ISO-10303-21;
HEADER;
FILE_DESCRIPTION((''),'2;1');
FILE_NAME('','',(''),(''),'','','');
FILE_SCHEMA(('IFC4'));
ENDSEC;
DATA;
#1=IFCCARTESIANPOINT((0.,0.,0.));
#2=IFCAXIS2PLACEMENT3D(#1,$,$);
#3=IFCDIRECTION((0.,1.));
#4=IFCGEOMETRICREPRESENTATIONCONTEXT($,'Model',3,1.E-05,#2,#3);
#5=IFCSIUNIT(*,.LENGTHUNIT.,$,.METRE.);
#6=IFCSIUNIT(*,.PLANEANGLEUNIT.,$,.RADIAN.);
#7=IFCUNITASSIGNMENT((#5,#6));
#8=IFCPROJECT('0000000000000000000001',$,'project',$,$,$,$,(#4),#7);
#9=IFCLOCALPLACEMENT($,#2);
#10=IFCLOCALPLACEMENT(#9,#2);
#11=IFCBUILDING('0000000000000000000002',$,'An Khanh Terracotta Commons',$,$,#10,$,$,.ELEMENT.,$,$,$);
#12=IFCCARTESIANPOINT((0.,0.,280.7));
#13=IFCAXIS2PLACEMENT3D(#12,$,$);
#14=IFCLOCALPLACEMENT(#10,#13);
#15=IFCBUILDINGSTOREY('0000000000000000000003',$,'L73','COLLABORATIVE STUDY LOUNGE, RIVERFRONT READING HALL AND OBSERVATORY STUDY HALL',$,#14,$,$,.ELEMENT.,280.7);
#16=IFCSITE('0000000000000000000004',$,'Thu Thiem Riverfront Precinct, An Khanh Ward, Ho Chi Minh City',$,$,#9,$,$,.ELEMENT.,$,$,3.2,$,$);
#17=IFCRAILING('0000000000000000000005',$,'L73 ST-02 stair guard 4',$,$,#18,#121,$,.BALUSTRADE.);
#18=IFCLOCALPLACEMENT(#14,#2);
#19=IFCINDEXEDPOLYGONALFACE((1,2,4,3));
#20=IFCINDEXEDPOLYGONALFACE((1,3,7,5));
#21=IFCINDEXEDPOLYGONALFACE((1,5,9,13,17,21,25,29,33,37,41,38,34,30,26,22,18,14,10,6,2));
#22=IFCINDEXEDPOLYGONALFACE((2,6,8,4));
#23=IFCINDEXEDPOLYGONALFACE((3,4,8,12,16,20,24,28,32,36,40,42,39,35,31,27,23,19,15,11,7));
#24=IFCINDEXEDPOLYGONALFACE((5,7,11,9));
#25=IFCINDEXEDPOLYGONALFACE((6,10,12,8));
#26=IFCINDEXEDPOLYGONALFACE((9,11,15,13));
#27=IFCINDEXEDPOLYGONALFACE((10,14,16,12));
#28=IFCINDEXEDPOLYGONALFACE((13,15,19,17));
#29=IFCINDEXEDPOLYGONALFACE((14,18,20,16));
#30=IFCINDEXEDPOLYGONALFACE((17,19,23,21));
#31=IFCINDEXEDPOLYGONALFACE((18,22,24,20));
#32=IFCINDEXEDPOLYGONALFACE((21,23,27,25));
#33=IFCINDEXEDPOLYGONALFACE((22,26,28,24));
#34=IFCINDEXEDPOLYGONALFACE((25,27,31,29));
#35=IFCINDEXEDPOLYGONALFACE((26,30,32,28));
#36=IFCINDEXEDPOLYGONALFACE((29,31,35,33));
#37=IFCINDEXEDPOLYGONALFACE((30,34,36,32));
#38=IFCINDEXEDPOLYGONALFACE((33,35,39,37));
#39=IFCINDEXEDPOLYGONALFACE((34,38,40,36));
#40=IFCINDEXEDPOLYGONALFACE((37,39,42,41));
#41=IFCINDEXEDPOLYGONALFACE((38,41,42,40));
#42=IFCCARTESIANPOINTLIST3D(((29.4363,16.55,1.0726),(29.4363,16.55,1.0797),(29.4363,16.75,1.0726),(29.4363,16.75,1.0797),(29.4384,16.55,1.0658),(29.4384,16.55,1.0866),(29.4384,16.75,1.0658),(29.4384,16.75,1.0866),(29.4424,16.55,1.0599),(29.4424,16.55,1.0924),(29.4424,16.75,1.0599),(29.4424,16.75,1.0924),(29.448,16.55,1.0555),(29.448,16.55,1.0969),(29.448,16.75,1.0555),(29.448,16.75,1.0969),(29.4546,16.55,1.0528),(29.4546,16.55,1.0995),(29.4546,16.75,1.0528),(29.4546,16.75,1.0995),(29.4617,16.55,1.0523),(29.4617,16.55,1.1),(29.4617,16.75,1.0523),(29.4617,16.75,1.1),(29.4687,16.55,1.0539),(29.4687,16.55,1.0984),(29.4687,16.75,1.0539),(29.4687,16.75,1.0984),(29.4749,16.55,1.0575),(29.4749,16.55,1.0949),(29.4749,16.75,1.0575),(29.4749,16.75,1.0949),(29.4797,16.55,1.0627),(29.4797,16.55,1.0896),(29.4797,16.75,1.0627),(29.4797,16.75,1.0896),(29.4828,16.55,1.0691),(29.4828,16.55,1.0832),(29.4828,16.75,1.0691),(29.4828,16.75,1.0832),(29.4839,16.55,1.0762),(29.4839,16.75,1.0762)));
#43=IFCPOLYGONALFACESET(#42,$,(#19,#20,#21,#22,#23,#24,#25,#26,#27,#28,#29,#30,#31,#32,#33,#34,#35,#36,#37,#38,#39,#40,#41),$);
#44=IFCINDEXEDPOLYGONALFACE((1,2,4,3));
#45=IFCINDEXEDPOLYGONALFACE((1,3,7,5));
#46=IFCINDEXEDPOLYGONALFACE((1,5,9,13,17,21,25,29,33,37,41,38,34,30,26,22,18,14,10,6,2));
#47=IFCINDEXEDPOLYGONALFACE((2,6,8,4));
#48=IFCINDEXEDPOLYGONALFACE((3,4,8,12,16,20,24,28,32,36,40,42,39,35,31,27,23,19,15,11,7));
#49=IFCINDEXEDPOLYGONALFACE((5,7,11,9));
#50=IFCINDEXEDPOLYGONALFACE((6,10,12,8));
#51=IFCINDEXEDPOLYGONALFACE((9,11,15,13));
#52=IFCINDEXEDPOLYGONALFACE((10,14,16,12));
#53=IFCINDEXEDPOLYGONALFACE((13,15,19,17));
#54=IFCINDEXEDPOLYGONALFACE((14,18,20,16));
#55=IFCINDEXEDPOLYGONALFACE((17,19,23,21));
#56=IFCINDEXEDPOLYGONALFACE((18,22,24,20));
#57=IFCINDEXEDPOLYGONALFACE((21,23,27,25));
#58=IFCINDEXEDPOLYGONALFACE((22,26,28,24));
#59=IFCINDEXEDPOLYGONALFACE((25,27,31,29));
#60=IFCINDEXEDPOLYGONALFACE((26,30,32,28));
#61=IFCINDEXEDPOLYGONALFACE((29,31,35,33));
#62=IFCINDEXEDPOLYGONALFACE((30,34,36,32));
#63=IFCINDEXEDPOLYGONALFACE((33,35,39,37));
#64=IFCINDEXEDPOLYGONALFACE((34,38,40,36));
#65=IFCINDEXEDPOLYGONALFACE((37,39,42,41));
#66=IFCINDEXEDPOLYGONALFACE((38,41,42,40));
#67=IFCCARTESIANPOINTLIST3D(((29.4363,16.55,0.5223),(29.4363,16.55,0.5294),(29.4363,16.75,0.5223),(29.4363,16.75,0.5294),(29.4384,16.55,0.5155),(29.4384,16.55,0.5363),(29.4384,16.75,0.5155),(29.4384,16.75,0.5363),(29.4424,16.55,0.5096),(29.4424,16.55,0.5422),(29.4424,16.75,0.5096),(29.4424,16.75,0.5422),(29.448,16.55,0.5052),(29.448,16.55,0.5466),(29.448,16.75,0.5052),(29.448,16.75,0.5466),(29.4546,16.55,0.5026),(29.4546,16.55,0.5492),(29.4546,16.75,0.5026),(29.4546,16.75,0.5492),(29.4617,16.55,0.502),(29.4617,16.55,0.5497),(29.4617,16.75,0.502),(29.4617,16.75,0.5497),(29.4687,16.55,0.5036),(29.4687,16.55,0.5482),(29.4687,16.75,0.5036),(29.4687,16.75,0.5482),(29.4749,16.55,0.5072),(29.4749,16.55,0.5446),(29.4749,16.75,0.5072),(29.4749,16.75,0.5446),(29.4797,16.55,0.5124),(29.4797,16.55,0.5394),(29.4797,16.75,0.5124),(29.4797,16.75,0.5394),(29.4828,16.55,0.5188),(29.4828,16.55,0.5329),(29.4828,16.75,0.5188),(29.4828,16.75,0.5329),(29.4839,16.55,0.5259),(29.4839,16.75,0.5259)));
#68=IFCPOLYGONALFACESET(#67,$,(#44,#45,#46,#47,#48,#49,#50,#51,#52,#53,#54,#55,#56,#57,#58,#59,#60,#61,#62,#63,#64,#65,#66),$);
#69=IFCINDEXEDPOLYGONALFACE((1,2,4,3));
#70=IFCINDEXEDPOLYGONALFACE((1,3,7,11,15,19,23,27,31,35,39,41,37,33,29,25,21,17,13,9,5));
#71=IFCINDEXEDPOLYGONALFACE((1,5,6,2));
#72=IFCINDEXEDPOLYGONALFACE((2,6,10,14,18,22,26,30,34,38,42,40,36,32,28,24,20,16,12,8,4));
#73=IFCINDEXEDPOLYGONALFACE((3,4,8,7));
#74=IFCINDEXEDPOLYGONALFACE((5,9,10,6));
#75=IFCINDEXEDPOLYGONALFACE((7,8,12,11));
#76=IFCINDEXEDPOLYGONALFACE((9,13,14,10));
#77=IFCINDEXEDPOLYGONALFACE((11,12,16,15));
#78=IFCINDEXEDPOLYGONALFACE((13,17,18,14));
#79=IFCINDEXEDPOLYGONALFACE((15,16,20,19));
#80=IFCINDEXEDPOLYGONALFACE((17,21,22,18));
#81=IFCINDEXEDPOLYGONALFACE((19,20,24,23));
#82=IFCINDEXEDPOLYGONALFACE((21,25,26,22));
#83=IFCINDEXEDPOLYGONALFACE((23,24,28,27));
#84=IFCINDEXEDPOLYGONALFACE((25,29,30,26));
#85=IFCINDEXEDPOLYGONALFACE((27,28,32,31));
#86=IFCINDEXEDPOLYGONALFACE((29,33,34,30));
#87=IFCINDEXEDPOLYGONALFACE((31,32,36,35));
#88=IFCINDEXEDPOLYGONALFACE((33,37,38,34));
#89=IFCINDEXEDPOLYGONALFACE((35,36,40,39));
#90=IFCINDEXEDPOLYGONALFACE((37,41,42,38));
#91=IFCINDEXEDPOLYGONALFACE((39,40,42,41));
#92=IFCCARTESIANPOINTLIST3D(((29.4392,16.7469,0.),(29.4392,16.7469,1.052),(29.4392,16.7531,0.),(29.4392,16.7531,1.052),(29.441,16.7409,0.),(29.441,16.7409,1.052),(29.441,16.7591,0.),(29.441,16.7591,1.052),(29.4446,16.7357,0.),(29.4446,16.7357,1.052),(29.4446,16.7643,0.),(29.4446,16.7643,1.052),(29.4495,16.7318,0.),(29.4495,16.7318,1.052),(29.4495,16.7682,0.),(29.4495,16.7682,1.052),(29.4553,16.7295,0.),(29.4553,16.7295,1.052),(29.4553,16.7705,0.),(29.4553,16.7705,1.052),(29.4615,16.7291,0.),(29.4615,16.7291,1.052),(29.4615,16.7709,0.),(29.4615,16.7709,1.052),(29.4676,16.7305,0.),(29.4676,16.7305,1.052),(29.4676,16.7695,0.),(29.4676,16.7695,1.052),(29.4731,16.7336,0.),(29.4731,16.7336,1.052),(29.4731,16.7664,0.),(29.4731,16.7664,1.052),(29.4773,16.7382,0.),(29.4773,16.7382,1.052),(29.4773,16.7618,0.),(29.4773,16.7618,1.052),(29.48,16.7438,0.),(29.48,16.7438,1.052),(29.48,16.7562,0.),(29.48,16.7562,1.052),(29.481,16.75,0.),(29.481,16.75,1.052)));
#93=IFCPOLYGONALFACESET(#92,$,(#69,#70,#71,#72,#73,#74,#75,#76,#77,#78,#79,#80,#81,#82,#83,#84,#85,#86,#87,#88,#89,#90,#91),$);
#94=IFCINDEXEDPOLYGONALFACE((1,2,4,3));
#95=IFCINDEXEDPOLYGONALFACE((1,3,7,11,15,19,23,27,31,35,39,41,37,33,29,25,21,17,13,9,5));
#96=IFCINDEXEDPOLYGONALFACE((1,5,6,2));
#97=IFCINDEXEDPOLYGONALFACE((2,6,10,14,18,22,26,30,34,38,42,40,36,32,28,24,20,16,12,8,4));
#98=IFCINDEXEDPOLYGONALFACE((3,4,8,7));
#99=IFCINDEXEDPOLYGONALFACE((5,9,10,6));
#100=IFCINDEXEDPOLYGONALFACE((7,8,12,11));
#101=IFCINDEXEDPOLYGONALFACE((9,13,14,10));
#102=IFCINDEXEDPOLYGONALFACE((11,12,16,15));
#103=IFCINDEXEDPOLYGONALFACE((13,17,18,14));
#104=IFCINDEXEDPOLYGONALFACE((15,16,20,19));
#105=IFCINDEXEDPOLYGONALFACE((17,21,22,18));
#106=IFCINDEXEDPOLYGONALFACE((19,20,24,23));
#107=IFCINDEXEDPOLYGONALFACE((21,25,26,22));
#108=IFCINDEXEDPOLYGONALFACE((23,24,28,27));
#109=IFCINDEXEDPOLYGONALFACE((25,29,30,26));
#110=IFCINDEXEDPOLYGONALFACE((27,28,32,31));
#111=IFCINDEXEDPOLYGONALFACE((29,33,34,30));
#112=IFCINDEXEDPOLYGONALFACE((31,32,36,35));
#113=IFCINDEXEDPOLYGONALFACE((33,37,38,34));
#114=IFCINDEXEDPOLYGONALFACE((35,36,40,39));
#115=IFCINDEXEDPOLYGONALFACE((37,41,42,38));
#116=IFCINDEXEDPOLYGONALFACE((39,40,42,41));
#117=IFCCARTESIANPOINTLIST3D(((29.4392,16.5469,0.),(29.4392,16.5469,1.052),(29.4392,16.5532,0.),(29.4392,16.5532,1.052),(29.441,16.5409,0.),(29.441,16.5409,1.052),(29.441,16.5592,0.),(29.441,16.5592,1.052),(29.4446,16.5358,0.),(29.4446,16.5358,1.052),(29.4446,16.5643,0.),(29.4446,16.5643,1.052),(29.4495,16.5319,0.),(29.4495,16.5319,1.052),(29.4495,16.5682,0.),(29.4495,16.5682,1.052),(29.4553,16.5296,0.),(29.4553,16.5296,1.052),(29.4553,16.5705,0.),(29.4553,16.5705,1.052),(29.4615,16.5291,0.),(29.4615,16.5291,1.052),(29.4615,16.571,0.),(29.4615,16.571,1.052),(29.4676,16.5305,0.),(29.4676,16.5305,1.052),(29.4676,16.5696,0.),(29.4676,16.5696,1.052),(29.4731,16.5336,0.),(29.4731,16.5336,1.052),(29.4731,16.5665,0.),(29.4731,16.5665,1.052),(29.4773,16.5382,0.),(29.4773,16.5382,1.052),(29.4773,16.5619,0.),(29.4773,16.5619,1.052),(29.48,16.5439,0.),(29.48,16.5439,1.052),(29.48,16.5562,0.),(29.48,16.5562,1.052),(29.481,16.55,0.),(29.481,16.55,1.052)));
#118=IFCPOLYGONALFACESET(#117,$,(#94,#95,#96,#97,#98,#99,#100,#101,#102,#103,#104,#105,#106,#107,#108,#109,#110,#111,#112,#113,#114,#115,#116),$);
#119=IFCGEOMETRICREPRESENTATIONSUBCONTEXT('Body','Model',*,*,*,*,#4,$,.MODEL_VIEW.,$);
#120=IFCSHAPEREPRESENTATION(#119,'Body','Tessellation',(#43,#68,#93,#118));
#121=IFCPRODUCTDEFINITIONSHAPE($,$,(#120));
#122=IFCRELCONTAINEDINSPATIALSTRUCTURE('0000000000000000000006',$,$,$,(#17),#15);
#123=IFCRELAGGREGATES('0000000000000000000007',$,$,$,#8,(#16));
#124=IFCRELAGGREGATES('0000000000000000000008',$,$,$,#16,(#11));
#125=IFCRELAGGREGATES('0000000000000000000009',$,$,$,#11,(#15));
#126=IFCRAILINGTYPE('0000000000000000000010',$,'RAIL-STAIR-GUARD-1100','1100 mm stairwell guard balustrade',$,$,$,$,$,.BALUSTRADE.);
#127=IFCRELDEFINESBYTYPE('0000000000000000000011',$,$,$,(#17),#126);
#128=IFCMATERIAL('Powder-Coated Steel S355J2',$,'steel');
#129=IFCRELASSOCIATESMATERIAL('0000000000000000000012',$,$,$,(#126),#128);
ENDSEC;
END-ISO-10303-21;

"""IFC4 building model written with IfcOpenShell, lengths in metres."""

from ifc_helpers import new_model, si_unit, direction, frame, origin, origin_2d, place, context, subcontext, project, spatial, circle, extrude, material, type_object, element, save


model = new_model("IFC4")

# Units and contexts
model_context = context("Model", 3, precision=1e-05, world=origin(), true_north=direction((0.0, 1.0)))
body_context = subcontext(model_context, "Body", "Model", "MODEL_VIEW")
ifc_project = project(units=[si_unit("LENGTHUNIT", "METRE"), si_unit("PLANEANGLEUNIT", "RADIAN")], contexts=[model_context])

# Site, building, storey
site_placement = place(None, origin())
site = spatial("IfcSite", under=ifc_project, at=site_placement, Name="Thu Thiem Riverfront Precinct, An Khanh Ward, Ho Chi Minh City", CompositionType="ELEMENT", RefElevation=3.2)
building_placement = place(site_placement, origin())
building = spatial("IfcBuilding", under=site, at=building_placement, Name="An Khanh Terracotta Commons", CompositionType="ELEMENT")
storey_placement = place(building_placement, frame((0.0, 0.0, 280.7)))
storey = spatial("IfcBuildingStorey", under=building, at=storey_placement, Name="L73", Description="COLLABORATIVE STUDY LOUNGE, RIVERFRONT READING HALL AND OBSERVATORY STUDY HALL", CompositionType="ELEMENT", Elevation=280.7)

# Railing
ifc_material_1 = material(Name="Powder-Coated Steel S355J2", Category="steel")
railing_type_1 = type_object("IfcRailingType", Name="RAIL-STAIR-GUARD-1100", Description="1100 mm stairwell guard balustrade", PredefinedType="BALUSTRADE", material=ifc_material_1)
railing_1_placement = place(storey_placement, frame((29.46, 16.75, 0.0)))
element("IfcRailing", 1, at=railing_1_placement, inside=storey, type_object=railing_type_1, Name="L73 ST-02 stair guard 4", PredefinedType="BALUSTRADE", context=body_context, shape_type="SweptSolid", body=[
    extrude(circle(Radius=0.0239, at=origin_2d()), frame((0.0, 0.0, 1.0762), z_axis=(0.0, -1.0, 0.0), x_axis=(1.0, 0.0, 0.0)), (0.0, 0.0, 1.0), 0.2),
    extrude(circle(Radius=0.0239, at=origin_2d()), frame((0.0, 0.0, 0.5259), z_axis=(0.0, -1.0, 0.0), x_axis=(1.0, 0.0, 0.0)), (0.0, 0.0, 1.0), 0.2),
    extrude(circle(Radius=0.021, at=origin_2d()), origin(), (0.0, 0.0, 1.0), 1.052),
    extrude(circle(Radius=0.021, at=origin_2d()), frame((0.0, -0.2, 0.0)), (0.0, 0.0, 1.0), 1.052),
])

save(model, "model.ifc")
